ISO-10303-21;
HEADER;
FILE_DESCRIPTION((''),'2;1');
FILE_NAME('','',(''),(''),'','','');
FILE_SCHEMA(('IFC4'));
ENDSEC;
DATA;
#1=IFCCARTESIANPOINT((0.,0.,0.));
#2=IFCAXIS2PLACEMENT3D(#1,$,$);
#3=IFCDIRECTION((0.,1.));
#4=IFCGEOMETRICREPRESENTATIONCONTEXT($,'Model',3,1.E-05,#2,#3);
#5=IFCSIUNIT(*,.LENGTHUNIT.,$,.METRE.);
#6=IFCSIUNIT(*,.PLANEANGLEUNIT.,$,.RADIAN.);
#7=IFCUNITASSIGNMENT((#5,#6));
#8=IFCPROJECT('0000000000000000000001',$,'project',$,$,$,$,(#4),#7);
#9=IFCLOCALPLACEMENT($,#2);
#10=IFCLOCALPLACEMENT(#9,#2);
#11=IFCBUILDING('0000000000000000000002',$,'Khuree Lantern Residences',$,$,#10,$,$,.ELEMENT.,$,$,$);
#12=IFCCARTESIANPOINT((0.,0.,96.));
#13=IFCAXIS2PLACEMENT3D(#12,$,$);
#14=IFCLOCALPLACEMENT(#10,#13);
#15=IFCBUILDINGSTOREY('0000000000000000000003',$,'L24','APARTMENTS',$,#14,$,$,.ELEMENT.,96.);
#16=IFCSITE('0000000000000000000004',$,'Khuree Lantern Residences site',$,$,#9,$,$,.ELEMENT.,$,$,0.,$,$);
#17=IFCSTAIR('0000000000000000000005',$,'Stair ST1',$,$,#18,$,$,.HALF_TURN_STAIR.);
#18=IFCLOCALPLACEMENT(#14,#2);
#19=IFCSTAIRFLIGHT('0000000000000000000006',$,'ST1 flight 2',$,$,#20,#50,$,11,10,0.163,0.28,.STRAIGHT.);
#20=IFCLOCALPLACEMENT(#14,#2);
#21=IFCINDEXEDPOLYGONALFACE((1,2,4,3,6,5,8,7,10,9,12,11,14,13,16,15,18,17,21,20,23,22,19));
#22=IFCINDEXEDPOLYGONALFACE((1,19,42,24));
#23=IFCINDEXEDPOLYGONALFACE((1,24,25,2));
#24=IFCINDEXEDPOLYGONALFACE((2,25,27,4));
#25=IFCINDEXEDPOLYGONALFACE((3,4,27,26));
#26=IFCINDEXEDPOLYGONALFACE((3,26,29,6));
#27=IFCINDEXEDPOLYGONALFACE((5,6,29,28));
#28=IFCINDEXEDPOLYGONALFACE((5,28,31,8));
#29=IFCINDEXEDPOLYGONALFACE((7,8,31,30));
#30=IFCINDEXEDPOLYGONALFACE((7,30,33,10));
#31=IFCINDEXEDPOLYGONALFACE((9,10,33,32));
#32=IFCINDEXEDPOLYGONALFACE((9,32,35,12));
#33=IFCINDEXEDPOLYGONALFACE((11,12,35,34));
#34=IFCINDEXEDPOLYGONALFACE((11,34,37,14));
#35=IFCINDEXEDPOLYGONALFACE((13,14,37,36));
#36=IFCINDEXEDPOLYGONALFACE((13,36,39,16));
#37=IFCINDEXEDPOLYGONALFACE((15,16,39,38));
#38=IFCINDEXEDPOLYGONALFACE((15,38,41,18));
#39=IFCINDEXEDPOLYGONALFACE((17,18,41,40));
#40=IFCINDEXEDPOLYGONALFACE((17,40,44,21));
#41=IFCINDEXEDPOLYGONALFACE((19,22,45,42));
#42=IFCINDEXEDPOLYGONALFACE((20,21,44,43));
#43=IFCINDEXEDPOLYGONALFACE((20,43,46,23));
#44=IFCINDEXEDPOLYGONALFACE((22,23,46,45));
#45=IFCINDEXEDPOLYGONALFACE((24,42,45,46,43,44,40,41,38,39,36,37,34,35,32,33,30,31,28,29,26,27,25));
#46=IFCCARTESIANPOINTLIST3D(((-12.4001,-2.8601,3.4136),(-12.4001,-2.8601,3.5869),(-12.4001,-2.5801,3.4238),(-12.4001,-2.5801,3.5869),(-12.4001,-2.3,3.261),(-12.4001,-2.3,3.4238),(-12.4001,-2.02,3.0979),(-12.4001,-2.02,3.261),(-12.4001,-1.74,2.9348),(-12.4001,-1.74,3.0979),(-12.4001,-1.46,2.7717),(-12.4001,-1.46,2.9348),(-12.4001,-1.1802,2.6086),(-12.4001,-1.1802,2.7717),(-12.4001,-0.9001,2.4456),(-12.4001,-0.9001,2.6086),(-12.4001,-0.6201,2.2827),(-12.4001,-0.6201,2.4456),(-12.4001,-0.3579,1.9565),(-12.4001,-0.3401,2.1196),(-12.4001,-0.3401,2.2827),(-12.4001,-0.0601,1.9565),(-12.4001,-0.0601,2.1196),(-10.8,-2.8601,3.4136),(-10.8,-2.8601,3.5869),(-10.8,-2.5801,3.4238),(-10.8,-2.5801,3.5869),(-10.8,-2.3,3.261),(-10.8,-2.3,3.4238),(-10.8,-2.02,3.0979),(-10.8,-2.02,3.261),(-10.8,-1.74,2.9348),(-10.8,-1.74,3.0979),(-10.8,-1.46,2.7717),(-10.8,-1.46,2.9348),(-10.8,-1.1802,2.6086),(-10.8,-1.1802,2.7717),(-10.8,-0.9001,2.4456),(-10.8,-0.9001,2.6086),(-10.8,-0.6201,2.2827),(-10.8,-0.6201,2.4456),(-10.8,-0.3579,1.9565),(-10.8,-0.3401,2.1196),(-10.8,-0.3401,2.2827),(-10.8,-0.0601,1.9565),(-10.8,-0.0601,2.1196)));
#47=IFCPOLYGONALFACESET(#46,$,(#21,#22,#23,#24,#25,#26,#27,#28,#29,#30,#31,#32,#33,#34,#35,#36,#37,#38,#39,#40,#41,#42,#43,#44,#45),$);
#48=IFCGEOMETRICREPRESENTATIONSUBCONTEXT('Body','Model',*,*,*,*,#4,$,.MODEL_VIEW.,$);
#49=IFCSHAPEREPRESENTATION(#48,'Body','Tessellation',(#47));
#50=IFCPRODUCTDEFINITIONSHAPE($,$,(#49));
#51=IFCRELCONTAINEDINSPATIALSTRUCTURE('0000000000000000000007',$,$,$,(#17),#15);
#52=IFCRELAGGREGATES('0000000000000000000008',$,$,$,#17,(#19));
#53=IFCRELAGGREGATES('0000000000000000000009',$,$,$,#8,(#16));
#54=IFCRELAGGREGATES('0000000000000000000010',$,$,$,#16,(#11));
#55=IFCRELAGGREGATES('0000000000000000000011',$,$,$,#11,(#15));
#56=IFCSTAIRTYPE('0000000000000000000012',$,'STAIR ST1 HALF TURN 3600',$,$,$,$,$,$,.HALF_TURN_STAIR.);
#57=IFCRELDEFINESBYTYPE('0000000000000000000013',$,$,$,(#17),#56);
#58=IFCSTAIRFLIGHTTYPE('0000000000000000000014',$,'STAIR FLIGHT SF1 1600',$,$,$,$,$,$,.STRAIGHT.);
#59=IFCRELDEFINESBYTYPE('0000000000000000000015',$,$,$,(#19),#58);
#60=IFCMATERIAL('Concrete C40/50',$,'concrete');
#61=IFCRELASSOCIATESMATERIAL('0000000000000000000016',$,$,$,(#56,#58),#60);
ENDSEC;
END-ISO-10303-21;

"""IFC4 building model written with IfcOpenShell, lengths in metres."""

from ifc_helpers import new_model, si_unit, direction, frame, origin, place, context, subcontext, project, spatial, polyline, outline, extrude, material, type_object, element, aggregate, save


model = new_model("IFC4")

# Units and contexts
model_context = context("Model", 3, precision=1e-05, world=origin(), true_north=direction((0.0, 1.0)))
body_context = subcontext(model_context, "Body", "Model", "MODEL_VIEW")
ifc_project = project(units=[si_unit("LENGTHUNIT", "METRE"), si_unit("PLANEANGLEUNIT", "RADIAN")], contexts=[model_context])

# Site, building, storey
site_placement = place(None, origin())
site = spatial("IfcSite", under=ifc_project, at=site_placement, Name="Khuree Lantern Residences site", CompositionType="ELEMENT", RefElevation=0.0)
building_placement = place(site_placement, origin())
building = spatial("IfcBuilding", under=site, at=building_placement, Name="Khuree Lantern Residences", CompositionType="ELEMENT")
storey_placement = place(building_placement, frame((0.0, 0.0, 96.0)))
storey = spatial("IfcBuildingStorey", under=building, at=storey_placement, Name="L24", Description="APARTMENTS", CompositionType="ELEMENT", Elevation=96.0)

# Stair, stair flight
ifc_material_1 = material(Name="Concrete C40/50", Category="concrete")
stair_type = type_object("IfcStairType", Name="STAIR ST1 HALF TURN 3600", PredefinedType="HALF_TURN_STAIR", material=ifc_material_1)
stair_placement = place(storey_placement, origin())
stair = element("IfcStair", 1, at=stair_placement, inside=storey, type_object=stair_type, Name="Stair ST1", PredefinedType="HALF_TURN_STAIR")
stair_flight_type = type_object("IfcStairFlightType", Name="STAIR FLIGHT SF1 1600", PredefinedType="STRAIGHT", material=ifc_material_1)
stair_flight_1_placement = place(storey_placement, frame((-11.6001, -0.0601, 1.9565), z_axis=(0.0, 0.0, 1.0), x_axis=(0.0, -1.0, 0.0)))
stair_flight_1 = element("IfcStairFlight", 2, at=stair_flight_1_placement, type_object=stair_flight_type, Name="ST1 flight 2", NumberOfRisers=11, NumberOfTreads=10, PredefinedType="STRAIGHT", RiserHeight=0.163, TreadLength=0.28, context=body_context, shape_type="SweptSolid", body=[
    extrude(outline(polyline([(0.0, 0.0), (0.0, 0.1631), (0.28, 0.1631), (0.28, 0.3262), (0.5601, 0.3262), (0.5601, 0.489), (0.8401, 0.489), (0.8401, 0.6521), (1.1201, 0.6521), (1.1201, 0.8152), (1.3999, 0.8152), (1.3999, 0.9783), (1.6799, 0.9783), (1.6799, 1.1414), (1.96, 1.1414), (1.96, 1.3044), (2.24, 1.3044), (2.24, 1.4673), (2.52, 1.4673), (2.52, 1.6304), (2.8, 1.6304), (2.8, 1.7935), (2.8, 1.457), (0.2979, 0.0), (0.0, 0.0)])), frame((0.0, 0.8, 0.0), z_axis=(0.0, -1.0, 0.0), x_axis=(1.0, 0.0, 0.0)), (0.0, 0.0, 1.0), 1.6001),
])
aggregate(stair, [stair_flight_1])

save(model, "model.ifc")
